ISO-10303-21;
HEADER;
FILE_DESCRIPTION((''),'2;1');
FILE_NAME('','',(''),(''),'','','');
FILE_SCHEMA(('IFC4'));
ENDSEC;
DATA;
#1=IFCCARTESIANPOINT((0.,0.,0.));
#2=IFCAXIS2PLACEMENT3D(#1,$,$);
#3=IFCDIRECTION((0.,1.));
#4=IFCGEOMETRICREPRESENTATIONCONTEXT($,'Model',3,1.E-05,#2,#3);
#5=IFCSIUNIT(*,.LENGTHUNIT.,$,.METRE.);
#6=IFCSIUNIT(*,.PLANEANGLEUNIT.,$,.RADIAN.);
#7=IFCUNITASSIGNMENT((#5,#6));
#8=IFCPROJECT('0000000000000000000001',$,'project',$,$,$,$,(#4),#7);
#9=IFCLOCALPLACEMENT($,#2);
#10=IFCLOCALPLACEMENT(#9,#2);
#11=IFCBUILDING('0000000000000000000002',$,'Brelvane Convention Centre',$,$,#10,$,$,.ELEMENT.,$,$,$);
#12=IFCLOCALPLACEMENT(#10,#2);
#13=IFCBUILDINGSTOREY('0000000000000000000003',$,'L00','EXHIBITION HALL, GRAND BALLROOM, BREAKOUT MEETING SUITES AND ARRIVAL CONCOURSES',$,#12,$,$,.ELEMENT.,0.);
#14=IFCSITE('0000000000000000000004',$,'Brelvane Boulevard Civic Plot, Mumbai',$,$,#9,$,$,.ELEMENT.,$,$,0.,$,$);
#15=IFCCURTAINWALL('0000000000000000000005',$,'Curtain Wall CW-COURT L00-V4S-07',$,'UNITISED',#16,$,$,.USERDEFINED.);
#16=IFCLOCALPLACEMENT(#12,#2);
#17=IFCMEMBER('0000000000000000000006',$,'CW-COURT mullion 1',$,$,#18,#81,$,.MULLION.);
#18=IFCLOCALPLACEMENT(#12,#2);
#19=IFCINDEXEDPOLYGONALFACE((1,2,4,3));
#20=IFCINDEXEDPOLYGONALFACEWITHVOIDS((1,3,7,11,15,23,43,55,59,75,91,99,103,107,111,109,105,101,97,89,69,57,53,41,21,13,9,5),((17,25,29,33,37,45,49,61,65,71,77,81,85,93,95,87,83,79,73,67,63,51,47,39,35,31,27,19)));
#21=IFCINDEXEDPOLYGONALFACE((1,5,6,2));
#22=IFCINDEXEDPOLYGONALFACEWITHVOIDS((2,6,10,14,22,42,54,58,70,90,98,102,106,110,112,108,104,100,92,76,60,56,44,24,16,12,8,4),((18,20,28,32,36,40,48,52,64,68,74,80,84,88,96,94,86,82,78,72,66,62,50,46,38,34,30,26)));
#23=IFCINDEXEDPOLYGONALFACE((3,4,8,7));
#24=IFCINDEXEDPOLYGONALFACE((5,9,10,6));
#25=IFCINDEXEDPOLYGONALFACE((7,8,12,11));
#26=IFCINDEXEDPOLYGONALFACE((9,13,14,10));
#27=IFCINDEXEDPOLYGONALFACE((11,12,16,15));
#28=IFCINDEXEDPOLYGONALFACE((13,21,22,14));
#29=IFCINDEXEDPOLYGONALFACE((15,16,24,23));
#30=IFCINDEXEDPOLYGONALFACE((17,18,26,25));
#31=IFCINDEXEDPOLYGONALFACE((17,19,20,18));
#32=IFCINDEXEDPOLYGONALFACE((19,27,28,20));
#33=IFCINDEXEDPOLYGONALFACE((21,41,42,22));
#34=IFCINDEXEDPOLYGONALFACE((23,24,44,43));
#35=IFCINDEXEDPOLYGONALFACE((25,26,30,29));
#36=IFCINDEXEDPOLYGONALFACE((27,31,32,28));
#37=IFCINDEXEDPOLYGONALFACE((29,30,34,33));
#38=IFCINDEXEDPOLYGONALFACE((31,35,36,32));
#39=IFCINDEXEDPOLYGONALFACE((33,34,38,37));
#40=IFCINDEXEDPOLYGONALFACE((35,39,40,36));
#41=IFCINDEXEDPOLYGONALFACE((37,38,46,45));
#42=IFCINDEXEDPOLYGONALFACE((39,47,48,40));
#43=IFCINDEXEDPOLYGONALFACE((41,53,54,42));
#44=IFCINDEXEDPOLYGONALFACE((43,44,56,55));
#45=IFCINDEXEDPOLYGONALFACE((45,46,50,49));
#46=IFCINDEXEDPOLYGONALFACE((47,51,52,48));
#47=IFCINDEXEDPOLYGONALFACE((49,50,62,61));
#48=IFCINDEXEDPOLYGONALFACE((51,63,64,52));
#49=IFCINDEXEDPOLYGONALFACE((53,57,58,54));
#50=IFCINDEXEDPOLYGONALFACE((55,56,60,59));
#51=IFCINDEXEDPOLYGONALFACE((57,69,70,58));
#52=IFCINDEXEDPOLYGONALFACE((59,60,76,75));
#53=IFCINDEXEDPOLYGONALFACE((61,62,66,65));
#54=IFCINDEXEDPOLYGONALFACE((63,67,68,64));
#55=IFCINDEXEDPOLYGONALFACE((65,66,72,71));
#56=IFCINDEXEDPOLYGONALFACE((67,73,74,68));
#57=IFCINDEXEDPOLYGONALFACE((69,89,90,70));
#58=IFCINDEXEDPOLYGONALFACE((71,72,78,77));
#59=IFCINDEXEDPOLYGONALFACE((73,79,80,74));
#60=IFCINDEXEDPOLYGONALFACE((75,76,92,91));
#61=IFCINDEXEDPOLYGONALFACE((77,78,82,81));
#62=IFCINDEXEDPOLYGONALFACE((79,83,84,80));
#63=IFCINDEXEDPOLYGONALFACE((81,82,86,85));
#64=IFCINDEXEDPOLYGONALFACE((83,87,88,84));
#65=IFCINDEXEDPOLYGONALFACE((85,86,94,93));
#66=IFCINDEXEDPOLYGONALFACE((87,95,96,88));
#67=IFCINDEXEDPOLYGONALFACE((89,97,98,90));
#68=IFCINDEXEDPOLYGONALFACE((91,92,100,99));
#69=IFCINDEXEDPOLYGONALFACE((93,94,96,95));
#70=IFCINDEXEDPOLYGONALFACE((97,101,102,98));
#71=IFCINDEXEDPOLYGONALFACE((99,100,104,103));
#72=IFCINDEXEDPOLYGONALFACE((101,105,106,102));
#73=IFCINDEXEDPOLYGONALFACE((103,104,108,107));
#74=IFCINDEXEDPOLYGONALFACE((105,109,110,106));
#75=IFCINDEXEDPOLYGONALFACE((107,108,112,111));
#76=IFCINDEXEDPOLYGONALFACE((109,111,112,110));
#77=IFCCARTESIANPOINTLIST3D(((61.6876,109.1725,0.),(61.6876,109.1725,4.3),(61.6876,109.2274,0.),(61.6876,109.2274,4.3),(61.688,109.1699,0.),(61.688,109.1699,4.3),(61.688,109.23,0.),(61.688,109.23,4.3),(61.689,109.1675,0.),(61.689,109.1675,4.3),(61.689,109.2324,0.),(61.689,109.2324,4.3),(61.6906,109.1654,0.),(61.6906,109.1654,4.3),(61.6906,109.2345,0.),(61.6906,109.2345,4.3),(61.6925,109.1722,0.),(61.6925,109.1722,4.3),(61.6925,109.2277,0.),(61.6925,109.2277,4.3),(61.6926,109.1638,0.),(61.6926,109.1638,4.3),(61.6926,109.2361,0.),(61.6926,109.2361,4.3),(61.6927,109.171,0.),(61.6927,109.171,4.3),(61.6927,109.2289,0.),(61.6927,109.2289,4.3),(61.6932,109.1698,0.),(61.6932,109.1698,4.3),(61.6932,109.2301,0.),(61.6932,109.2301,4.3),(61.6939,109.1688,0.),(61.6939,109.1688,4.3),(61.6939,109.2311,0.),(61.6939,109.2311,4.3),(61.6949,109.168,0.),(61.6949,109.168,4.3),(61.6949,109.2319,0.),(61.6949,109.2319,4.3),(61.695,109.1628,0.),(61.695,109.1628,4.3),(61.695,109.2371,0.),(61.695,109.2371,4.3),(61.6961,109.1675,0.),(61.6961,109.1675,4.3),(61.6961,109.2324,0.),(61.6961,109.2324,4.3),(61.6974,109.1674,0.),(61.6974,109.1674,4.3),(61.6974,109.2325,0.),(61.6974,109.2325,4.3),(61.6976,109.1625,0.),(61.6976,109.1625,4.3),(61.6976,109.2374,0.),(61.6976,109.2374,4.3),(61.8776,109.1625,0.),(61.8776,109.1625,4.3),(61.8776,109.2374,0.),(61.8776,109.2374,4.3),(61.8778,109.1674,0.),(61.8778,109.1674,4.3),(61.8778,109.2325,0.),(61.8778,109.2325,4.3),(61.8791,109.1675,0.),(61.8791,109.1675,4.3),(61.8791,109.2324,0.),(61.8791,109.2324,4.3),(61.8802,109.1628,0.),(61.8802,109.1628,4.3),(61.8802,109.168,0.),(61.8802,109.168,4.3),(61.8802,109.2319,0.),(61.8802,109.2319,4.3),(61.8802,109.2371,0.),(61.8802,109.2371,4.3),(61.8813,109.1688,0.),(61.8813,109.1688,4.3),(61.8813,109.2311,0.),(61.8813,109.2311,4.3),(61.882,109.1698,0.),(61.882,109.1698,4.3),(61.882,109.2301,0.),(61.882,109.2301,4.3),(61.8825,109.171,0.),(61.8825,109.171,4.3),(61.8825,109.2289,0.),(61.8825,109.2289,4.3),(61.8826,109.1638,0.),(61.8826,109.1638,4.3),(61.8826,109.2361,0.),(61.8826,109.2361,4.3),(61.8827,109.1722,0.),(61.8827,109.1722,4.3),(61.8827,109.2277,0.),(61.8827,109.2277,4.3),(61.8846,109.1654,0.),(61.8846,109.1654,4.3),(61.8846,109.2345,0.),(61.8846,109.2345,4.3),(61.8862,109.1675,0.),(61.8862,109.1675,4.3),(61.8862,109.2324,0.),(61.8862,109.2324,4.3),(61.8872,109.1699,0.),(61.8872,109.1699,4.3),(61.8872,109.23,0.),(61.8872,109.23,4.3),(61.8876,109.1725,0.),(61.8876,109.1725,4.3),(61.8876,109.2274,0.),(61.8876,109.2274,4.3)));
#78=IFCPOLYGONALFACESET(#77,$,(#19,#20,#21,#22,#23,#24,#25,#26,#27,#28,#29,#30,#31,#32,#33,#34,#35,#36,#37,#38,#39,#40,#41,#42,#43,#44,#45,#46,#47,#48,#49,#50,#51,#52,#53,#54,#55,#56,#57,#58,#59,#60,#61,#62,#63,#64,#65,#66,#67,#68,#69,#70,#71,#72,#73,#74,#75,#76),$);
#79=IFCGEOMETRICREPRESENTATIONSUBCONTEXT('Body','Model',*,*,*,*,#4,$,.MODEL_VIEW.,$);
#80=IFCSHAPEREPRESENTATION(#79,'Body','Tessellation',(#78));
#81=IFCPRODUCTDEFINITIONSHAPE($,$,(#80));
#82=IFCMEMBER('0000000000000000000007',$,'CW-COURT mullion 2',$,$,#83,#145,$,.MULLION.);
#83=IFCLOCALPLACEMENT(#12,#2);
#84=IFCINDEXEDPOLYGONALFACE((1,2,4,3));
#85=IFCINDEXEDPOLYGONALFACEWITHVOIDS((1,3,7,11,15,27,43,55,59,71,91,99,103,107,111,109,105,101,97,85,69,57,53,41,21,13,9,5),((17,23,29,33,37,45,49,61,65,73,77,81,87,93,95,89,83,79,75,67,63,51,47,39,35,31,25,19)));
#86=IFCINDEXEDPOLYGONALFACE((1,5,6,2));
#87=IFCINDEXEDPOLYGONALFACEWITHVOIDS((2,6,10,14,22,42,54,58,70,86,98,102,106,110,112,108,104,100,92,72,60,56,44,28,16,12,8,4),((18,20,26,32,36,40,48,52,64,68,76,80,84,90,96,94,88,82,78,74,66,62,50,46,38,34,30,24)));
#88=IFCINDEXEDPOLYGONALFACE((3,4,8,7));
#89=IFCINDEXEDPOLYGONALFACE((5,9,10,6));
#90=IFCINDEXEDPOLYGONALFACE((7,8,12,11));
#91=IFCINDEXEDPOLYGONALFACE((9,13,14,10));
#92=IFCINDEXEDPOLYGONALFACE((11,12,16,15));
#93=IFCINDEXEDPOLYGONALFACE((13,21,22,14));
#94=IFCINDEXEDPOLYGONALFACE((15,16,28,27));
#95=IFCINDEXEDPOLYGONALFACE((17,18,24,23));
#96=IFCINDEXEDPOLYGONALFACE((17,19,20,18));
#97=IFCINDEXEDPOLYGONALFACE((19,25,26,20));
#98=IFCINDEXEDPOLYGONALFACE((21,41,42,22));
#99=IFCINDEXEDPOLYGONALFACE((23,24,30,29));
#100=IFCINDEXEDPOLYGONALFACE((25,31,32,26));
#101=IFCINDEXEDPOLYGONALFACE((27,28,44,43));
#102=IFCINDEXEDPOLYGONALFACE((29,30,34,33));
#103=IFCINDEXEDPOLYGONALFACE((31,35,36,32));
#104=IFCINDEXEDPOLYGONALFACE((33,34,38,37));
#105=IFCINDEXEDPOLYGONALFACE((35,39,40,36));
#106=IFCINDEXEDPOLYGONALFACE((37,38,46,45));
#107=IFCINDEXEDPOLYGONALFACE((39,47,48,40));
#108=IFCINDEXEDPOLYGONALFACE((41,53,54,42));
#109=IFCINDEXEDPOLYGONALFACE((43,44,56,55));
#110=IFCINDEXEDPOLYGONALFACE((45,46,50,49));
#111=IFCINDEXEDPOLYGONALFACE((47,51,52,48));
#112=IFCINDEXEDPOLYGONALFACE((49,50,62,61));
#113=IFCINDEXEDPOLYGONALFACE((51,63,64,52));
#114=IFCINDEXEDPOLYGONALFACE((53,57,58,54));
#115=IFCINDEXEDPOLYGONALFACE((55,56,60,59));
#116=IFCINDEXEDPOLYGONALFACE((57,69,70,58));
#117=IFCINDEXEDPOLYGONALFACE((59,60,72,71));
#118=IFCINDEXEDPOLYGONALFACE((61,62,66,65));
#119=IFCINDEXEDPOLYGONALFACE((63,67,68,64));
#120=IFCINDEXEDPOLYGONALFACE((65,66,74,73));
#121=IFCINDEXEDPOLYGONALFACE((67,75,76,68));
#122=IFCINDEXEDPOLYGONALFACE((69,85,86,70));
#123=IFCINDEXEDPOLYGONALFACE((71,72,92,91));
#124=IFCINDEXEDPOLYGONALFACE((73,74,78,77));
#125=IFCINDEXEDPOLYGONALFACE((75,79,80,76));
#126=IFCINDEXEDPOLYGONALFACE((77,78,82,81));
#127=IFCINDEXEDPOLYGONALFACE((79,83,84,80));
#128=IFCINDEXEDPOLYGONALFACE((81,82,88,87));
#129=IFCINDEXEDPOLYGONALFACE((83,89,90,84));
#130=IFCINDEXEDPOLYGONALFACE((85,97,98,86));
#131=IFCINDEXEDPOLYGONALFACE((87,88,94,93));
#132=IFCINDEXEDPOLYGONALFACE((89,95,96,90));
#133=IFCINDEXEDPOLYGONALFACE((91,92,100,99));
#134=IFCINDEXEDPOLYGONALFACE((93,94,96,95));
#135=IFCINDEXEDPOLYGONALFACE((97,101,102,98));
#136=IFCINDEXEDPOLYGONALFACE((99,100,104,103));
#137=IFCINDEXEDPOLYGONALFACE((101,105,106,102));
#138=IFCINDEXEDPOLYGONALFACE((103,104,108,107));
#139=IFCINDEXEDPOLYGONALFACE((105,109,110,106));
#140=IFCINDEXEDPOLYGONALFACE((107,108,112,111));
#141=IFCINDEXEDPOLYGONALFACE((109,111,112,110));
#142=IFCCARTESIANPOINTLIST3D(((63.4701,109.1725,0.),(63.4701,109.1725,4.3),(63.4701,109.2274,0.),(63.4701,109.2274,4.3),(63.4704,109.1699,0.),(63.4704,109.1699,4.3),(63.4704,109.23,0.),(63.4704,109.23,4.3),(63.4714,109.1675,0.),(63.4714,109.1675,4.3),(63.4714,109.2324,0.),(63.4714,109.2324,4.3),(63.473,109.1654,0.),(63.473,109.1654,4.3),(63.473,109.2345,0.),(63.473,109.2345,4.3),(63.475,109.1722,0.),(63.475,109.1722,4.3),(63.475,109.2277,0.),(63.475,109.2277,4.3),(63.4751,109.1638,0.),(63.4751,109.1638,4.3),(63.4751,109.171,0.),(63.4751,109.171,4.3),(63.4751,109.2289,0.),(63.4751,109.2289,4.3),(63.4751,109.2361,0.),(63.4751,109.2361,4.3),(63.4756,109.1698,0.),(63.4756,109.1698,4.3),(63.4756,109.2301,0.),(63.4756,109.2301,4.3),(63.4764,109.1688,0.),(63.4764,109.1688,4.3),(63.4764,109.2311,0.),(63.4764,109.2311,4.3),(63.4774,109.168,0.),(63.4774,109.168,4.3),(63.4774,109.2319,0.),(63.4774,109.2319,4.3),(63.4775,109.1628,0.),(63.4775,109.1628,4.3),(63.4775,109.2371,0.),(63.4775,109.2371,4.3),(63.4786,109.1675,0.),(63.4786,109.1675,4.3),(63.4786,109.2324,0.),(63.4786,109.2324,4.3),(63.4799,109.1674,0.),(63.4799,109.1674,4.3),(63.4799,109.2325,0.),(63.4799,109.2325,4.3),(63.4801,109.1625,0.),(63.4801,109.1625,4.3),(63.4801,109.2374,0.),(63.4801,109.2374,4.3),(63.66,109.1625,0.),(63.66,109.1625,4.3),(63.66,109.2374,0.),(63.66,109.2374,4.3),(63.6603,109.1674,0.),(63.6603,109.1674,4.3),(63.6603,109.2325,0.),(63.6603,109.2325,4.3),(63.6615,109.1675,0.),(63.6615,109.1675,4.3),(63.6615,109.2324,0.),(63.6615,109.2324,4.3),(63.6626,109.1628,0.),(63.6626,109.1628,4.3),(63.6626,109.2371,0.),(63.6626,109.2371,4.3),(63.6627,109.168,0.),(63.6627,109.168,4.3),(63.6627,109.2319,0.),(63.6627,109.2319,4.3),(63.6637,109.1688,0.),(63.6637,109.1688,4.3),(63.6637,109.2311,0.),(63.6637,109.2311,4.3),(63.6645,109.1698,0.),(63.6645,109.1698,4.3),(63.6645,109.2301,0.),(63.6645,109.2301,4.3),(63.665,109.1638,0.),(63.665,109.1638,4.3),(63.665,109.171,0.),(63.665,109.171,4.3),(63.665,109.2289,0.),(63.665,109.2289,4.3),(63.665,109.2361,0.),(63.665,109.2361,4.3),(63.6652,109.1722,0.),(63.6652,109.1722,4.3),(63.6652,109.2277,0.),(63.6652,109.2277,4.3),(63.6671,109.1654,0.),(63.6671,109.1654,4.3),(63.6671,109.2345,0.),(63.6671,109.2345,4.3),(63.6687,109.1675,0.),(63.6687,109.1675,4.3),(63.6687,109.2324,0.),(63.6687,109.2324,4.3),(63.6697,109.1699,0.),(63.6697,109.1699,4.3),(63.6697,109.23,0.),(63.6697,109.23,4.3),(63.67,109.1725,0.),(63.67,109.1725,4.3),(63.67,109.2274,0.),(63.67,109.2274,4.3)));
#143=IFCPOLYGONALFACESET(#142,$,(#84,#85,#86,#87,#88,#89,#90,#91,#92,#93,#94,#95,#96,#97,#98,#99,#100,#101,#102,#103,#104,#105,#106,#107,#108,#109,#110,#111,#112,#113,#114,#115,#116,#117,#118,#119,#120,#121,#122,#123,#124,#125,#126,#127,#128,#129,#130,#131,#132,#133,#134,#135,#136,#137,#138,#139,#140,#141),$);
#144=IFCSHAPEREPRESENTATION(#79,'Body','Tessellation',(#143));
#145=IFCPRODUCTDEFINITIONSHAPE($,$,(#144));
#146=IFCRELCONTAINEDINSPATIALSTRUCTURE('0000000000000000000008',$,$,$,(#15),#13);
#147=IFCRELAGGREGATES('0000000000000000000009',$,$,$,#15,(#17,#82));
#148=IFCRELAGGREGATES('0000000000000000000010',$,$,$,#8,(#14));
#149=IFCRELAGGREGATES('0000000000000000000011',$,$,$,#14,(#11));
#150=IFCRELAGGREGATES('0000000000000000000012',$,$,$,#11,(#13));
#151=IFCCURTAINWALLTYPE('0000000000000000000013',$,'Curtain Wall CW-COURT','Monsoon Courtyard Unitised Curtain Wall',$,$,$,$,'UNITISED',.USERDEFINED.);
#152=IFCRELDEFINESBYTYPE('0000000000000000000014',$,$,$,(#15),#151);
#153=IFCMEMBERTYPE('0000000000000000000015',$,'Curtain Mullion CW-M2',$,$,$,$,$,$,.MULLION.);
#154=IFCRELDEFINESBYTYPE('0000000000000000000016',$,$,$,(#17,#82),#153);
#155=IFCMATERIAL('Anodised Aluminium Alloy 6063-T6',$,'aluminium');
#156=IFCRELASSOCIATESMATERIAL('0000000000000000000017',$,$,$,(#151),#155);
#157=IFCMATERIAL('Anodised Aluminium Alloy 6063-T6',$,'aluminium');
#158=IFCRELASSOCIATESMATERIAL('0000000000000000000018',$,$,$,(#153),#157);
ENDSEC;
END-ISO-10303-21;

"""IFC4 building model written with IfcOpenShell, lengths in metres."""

from ifc_helpers import new_model, si_unit, direction, frame, origin, origin_2d, place, context, subcontext, project, spatial, hollow_rectangle, extrude, material, material_profile, profile_set, type_object, element, aggregate, save


model = new_model("IFC4")

# Units and contexts
model_context = context("Model", 3, precision=1e-05, world=origin(), true_north=direction((0.0, 1.0)))
body_context = subcontext(model_context, "Body", "Model", "MODEL_VIEW")
ifc_project = project(units=[si_unit("LENGTHUNIT", "METRE"), si_unit("PLANEANGLEUNIT", "RADIAN")], contexts=[model_context])

# Site, building, storey
site_placement = place(None, origin())
site = spatial("IfcSite", under=ifc_project, at=site_placement, Name="Brelvane Boulevard Civic Plot, Mumbai", CompositionType="ELEMENT", RefElevation=0.0)
building_placement = place(site_placement, origin())
building = spatial("IfcBuilding", under=site, at=building_placement, Name="Brelvane Convention Centre", CompositionType="ELEMENT")
storey_placement = place(building_placement, origin())
storey = spatial("IfcBuildingStorey", under=building, at=storey_placement, Name="L00", Description="EXHIBITION HALL, GRAND BALLROOM, BREAKOUT MEETING SUITES AND ARRIVAL CONCOURSES", CompositionType="ELEMENT", Elevation=0.0)

# Curtain wall, members
ifc_material_1 = material(Name="Anodised Aluminium Alloy 6063-T6", Category="aluminium")
curtain_wall_type = type_object("IfcCurtainWallType", Name="Curtain Wall CW-COURT", Description="Monsoon Courtyard Unitised Curtain Wall", ElementType="UNITISED", PredefinedType="USERDEFINED", material=ifc_material_1)
curtain_wall_placement = place(storey_placement, origin())
curtain_wall = element("IfcCurtainWall", 1, at=curtain_wall_placement, inside=storey, type_object=curtain_wall_type, Name="Curtain Wall CW-COURT L00-V4S-07", ObjectType="UNITISED", PredefinedType="USERDEFINED")
ifc_material_2 = material(Name="Anodised Aluminium Alloy 6063-T6", Category="aluminium")
ifc_material_profile_1 = material_profile(ifc_material_2, hollow_rectangle(XDim=0.075, YDim=0.2, WallThickness=0.0049, InnerFilletRadius=0.0049, OuterFilletRadius=0.01, at=origin_2d()), Name="ALU-M 200x75x5.0")
ifc_profile_set_1 = profile_set([ifc_material_profile_1], Name="Anodised Aluminium Alloy 6063-T6")
member_type_1 = type_object("IfcMemberType", Name="Curtain Mullion CW-M2", PredefinedType="MULLION", material=ifc_profile_set_1)
member_1_placement = place(storey_placement, frame((61.7876, 109.2, 0.0), z_axis=(0.0, 0.0, 1.0), x_axis=(0.0, 1.0, 0.0)))
member_1 = element("IfcMember", 2, at=member_1_placement, type_object=member_type_1, Name="CW-COURT mullion 1", PredefinedType="MULLION", context=body_context, shape_type="SweptSolid", body=[
    extrude(hollow_rectangle(XDim=0.075, YDim=0.2, WallThickness=0.0049, InnerFilletRadius=0.0049, OuterFilletRadius=0.01, at=origin_2d()), origin(), (0.0, 0.0, 1.0), 4.3),
])
member_2_placement = place(storey_placement, frame((63.5701, 109.2, 0.0), z_axis=(0.0, 0.0, 1.0), x_axis=(0.0, 1.0, 0.0)))
member_2 = element("IfcMember", 3, at=member_2_placement, type_object=member_type_1, Name="CW-COURT mullion 2", PredefinedType="MULLION", context=body_context, shape_type="SweptSolid", body=[
    extrude(hollow_rectangle(XDim=0.075, YDim=0.2, WallThickness=0.0049, InnerFilletRadius=0.0049, OuterFilletRadius=0.01, at=origin_2d()), origin(), (0.0, 0.0, 1.0), 4.3),
])
aggregate(curtain_wall, [member_1, member_2])

save(model, "model.ifc")
